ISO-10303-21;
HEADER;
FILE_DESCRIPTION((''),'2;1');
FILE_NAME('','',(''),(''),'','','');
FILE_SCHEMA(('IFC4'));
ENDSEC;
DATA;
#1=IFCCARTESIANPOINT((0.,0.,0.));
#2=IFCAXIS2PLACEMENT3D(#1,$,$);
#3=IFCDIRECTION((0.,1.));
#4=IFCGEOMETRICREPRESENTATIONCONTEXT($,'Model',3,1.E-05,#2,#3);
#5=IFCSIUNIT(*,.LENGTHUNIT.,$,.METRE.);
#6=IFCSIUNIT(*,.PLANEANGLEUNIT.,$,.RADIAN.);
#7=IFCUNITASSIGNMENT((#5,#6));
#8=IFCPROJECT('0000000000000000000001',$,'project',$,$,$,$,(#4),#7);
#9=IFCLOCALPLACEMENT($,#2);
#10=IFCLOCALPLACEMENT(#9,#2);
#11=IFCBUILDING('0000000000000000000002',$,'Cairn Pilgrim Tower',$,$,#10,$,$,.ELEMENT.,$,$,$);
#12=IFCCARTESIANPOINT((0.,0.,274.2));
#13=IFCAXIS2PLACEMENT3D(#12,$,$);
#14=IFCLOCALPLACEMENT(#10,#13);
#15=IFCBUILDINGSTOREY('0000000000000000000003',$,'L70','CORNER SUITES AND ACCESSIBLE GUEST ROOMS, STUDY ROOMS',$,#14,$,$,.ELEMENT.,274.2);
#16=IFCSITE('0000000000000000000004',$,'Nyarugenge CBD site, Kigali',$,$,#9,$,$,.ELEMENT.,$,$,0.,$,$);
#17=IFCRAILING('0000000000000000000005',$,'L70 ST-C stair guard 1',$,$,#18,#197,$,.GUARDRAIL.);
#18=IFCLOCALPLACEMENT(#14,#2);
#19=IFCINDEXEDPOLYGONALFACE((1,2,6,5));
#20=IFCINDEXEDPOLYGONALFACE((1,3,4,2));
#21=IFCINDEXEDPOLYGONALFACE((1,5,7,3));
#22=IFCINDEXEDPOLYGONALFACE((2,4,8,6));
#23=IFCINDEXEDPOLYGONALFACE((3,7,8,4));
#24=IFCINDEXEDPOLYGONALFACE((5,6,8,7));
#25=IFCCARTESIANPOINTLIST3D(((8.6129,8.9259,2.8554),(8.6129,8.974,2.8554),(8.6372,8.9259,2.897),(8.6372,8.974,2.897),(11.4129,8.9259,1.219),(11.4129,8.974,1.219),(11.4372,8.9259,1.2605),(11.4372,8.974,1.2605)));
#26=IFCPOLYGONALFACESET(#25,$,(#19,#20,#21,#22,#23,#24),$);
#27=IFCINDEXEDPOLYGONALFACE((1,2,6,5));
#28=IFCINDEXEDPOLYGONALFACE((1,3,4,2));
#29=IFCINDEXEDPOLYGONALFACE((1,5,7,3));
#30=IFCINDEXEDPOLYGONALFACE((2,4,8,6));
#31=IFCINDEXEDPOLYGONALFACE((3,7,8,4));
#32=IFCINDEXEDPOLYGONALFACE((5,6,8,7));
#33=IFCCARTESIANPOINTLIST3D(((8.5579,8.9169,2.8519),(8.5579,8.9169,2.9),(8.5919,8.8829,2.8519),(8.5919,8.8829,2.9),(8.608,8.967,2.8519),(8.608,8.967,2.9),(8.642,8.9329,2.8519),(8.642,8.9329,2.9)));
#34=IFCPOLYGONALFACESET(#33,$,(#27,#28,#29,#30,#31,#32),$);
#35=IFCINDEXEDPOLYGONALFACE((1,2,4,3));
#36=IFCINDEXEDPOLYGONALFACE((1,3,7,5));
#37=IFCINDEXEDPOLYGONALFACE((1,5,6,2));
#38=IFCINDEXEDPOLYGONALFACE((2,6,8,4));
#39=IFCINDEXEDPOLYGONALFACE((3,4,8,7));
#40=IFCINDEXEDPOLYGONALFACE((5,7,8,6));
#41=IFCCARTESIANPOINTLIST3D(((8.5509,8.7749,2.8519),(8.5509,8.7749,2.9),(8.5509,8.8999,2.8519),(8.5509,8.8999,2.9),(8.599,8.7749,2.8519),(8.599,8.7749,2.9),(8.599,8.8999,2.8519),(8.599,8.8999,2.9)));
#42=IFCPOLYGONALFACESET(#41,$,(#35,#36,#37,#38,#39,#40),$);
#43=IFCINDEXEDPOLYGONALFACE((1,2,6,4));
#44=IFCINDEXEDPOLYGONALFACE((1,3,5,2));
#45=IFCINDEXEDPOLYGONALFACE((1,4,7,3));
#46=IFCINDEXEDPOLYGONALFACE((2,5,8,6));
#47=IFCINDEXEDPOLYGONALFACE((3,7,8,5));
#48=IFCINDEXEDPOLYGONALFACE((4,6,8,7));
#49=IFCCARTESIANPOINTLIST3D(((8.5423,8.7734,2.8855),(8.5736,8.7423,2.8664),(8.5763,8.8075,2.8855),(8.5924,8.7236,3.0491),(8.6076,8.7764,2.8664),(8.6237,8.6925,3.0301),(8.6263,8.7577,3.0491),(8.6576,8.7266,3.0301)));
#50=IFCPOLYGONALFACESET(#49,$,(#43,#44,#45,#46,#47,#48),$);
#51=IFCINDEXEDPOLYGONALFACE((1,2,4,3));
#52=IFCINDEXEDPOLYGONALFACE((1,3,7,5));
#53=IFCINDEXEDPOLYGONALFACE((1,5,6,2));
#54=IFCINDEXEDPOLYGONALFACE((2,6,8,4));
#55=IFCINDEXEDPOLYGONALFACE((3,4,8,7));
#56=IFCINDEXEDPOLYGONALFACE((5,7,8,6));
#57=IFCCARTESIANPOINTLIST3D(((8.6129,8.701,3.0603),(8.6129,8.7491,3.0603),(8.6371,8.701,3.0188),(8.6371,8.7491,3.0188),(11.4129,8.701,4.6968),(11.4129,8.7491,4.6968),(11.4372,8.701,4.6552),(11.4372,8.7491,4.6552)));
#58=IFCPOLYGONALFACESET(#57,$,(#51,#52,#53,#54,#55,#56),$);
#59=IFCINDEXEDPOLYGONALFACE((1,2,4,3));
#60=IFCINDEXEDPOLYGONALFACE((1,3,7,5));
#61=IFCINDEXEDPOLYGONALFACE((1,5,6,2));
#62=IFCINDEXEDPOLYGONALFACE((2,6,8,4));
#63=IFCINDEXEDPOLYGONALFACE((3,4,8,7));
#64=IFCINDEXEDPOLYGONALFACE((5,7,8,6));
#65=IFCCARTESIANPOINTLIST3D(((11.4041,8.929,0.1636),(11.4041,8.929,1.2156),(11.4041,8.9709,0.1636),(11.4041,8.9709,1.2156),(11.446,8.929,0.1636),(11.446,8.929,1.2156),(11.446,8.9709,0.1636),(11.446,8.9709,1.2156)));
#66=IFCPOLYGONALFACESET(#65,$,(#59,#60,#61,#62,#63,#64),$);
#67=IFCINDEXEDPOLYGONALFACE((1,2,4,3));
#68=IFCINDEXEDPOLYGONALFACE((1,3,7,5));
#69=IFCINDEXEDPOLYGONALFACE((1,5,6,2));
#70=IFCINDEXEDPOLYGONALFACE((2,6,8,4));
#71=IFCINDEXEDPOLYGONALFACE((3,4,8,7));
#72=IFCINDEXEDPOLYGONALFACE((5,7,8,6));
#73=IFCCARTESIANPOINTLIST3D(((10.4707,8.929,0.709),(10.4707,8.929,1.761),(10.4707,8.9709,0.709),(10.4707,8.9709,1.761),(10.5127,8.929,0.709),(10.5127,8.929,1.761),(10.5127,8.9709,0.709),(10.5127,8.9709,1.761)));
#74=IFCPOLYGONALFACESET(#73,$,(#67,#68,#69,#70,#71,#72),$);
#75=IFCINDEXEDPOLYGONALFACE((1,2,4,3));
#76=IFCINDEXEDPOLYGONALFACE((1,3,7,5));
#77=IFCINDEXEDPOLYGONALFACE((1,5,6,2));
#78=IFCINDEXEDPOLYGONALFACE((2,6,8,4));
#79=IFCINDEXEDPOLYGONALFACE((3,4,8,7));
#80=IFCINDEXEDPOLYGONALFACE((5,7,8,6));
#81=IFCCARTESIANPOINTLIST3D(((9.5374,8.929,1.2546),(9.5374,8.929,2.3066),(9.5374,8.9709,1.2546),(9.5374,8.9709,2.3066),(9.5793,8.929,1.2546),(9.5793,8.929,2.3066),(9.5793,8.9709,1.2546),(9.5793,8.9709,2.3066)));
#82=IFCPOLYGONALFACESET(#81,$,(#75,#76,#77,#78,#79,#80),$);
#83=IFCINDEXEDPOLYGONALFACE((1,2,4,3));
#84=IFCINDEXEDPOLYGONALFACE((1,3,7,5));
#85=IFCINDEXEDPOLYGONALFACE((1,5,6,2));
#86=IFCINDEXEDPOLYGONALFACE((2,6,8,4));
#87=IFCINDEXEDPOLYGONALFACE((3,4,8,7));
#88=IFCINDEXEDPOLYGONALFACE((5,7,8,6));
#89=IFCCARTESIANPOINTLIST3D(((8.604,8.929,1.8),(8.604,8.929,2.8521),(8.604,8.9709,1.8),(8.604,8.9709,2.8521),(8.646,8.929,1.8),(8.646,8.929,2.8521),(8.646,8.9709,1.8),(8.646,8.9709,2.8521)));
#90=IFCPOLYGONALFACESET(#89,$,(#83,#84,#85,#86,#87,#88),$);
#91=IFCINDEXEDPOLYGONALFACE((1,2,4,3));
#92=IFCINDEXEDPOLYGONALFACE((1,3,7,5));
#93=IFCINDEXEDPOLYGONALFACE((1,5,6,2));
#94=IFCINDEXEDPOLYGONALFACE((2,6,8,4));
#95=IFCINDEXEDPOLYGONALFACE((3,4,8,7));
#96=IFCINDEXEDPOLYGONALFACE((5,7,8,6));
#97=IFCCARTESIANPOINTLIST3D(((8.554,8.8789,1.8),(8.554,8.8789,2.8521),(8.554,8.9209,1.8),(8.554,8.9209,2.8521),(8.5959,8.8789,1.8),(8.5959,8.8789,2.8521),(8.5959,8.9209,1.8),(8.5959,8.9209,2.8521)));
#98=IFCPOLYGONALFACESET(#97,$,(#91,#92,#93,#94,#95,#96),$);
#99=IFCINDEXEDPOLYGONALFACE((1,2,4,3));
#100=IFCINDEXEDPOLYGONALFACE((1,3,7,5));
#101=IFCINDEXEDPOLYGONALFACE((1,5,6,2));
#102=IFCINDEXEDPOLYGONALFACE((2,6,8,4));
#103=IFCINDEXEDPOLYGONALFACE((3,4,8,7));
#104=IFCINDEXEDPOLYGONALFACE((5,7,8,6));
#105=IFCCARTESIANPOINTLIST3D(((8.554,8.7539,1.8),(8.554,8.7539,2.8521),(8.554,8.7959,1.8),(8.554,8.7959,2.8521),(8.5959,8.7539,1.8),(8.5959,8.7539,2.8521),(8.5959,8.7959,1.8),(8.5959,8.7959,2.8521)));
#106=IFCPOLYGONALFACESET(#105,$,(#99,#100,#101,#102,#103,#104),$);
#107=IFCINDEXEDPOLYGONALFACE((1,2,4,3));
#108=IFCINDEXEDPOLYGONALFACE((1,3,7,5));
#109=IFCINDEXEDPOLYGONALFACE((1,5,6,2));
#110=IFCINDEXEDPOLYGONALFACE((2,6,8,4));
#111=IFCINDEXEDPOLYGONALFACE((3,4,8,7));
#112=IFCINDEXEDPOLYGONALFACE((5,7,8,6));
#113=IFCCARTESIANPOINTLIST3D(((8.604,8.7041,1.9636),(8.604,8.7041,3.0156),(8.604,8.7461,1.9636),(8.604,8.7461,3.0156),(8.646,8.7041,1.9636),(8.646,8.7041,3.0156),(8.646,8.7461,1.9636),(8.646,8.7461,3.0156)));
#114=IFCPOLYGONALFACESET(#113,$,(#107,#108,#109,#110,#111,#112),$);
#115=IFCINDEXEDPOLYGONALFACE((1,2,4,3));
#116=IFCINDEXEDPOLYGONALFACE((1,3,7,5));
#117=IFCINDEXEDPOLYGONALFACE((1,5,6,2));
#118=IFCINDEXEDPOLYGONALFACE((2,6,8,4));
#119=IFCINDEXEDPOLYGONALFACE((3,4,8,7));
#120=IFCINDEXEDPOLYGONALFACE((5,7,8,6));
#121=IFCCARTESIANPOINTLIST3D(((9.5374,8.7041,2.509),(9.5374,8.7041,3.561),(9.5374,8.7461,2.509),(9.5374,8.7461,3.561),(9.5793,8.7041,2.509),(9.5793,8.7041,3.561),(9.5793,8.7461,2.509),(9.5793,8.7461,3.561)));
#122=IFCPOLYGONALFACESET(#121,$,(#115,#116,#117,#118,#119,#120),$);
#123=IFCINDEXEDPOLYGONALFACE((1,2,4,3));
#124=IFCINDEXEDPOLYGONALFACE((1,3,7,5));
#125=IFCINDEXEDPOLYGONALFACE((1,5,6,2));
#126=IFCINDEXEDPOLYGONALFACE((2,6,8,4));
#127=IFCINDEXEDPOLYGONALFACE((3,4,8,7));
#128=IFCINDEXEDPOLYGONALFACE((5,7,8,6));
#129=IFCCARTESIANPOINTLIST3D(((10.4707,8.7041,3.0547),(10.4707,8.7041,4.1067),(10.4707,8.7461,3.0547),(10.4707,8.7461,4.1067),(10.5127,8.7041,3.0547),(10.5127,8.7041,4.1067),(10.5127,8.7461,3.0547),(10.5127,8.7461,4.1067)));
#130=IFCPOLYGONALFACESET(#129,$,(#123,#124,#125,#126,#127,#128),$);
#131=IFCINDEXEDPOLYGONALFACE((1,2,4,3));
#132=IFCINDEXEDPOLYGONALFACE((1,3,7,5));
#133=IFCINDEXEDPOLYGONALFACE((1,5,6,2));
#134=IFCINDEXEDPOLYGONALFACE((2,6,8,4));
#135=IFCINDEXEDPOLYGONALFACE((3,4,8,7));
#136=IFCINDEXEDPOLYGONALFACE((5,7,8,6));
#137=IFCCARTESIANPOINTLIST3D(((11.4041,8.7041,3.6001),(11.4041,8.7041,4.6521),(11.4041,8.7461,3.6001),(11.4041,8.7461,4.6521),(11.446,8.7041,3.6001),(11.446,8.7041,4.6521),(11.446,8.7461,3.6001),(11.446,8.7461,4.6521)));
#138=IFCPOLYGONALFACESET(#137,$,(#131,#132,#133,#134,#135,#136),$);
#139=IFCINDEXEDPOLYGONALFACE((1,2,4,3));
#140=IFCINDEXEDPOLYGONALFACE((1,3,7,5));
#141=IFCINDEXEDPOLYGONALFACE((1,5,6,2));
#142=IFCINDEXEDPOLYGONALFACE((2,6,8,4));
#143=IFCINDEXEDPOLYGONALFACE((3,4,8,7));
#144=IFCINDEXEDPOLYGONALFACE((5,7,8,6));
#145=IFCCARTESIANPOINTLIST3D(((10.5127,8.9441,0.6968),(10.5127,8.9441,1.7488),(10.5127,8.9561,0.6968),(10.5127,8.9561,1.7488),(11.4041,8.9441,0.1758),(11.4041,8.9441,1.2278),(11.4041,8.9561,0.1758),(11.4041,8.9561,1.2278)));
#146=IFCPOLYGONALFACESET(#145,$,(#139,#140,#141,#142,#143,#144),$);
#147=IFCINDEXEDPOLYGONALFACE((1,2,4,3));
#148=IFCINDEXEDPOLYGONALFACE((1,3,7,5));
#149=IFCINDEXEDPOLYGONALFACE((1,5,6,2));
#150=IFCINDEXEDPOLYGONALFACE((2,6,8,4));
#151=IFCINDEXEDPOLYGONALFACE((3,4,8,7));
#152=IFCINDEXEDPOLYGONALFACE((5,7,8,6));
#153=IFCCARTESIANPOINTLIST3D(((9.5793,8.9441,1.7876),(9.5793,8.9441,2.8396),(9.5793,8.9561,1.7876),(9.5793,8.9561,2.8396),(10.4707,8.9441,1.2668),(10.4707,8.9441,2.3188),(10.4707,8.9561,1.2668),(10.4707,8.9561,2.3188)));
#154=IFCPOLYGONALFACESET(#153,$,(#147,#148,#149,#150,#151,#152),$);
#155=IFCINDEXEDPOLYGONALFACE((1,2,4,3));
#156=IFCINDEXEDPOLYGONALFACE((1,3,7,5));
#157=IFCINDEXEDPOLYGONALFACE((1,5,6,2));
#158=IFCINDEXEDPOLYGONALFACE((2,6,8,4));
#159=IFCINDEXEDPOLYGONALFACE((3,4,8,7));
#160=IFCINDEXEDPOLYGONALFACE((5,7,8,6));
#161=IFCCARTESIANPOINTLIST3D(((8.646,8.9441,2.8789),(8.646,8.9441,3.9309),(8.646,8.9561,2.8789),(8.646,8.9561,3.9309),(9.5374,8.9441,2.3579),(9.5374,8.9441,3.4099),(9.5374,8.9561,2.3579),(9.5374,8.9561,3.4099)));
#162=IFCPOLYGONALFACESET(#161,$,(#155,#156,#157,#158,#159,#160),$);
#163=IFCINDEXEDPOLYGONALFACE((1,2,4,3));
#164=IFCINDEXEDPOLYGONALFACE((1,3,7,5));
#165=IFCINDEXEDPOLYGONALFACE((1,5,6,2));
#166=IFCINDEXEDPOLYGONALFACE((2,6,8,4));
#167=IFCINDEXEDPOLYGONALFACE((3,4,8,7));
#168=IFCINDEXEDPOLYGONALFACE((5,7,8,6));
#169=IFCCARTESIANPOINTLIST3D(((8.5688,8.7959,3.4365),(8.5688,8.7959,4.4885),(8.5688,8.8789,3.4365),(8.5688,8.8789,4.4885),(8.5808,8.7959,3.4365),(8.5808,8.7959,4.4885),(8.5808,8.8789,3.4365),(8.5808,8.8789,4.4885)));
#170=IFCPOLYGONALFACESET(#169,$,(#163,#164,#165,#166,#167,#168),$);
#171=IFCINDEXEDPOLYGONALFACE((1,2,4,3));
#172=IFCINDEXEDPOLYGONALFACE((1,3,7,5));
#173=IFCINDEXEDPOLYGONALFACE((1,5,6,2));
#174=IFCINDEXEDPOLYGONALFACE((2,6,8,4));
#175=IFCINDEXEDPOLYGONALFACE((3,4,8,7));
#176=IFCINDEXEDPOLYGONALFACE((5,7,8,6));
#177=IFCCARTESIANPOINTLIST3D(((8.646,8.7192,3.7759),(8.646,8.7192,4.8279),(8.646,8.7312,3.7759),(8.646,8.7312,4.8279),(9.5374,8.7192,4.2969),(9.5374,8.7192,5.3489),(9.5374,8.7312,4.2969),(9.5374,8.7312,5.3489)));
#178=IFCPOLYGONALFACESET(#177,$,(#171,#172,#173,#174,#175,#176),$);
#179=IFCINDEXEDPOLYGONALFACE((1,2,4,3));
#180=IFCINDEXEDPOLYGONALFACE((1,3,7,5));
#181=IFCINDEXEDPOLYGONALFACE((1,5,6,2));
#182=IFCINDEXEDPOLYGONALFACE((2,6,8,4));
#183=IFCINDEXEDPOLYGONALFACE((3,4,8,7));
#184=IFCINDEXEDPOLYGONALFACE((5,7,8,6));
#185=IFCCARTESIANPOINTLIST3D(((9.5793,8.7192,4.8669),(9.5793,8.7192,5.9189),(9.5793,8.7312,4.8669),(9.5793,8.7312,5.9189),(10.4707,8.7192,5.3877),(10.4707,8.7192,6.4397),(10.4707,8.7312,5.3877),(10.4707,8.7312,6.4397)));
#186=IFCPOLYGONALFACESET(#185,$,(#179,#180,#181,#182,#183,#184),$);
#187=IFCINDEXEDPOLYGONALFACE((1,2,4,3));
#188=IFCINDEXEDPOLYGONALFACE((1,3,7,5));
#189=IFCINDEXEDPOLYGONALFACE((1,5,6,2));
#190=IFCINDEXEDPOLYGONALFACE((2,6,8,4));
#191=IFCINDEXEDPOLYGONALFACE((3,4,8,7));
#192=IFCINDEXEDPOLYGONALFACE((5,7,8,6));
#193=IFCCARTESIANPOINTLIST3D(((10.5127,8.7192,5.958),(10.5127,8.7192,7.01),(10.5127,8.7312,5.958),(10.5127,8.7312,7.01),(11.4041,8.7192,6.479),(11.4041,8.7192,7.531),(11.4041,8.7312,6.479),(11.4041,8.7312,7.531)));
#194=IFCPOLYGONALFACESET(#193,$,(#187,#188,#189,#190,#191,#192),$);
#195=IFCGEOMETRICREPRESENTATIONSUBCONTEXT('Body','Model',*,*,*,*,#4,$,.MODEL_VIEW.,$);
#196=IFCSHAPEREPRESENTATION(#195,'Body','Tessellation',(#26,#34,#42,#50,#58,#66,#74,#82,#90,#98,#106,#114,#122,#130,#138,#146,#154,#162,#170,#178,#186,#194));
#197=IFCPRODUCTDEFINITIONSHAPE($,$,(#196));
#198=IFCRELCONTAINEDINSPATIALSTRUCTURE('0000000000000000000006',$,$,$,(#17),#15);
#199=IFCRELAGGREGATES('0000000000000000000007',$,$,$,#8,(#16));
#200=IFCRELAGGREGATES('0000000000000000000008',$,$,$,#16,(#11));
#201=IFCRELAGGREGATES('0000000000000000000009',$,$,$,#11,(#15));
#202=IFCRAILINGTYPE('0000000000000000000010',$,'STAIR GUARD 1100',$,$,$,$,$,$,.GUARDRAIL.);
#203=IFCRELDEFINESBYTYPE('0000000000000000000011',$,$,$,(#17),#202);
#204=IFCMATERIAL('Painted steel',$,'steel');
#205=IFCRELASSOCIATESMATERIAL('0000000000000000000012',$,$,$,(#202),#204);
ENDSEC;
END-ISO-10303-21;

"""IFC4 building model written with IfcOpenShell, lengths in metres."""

from ifc_helpers import new_model, si_unit, direction, frame, origin, origin_2d, place, context, subcontext, project, spatial, polyline, rectangle, outline, extrude, material, type_object, element, save


model = new_model("IFC4")

# Units and contexts
model_context = context("Model", 3, precision=1e-05, world=origin(), true_north=direction((0.0, 1.0)))
body_context = subcontext(model_context, "Body", "Model", "MODEL_VIEW")
ifc_project = project(units=[si_unit("LENGTHUNIT", "METRE"), si_unit("PLANEANGLEUNIT", "RADIAN")], contexts=[model_context])

# Site, building, storey
site_placement = place(None, origin())
site = spatial("IfcSite", under=ifc_project, at=site_placement, Name="Nyarugenge CBD site, Kigali", CompositionType="ELEMENT", RefElevation=0.0)
building_placement = place(site_placement, origin())
building = spatial("IfcBuilding", under=site, at=building_placement, Name="Cairn Pilgrim Tower", CompositionType="ELEMENT")
storey_placement = place(building_placement, frame((0.0, 0.0, 274.2)))
storey = spatial("IfcBuildingStorey", under=building, at=storey_placement, Name="L70", Description="CORNER SUITES AND ACCESSIBLE GUEST ROOMS, STUDY ROOMS", CompositionType="ELEMENT", Elevation=274.2)

# Shared definitions
ifc_material_1 = material(Name="Painted steel", Category="steel")

# Railing
railing_type_1 = type_object("IfcRailingType", Name="STAIR GUARD 1100", PredefinedType="GUARDRAIL", material=ifc_material_1)
railing_1_placement = place(storey_placement, frame((11.425, 8.95, 0.1636)))
element("IfcRailing", 1, at=railing_1_placement, inside=storey, type_object=railing_type_1, Name="L70 ST-C stair guard 1", PredefinedType="GUARDRAIL", context=body_context, shape_type="SweptSolid", body=[
    extrude(rectangle(XDim=0.0481, YDim=0.0481, at=origin_2d()), frame((0.0, 0.0, 1.0762), z_axis=(-0.863361, 0.0, 0.504587), x_axis=(0.0, -1.0, 0.0)), (0.0, 0.0, 1.0), 3.2432),
    extrude(rectangle(XDim=0.0481, YDim=0.0481, at=origin_2d()), frame((-2.8, 0.0, 2.7124), z_axis=(-0.707107, -0.707107, 0.0), x_axis=(0.707107, -0.707107, 0.0)), (0.0, 0.0, 1.0), 0.0708),
    extrude(rectangle(XDim=0.0481, YDim=0.0481, at=origin_2d()), frame((-2.8501, -0.05, 2.7124), z_axis=(0.0, -1.0, 0.0), x_axis=(1.0, 0.0, 0.0)), (0.0, 0.0, 1.0), 0.125),
    extrude(rectangle(XDim=0.0481, YDim=0.0481, at=origin_2d()), frame((-2.8501, -0.175, 2.7124), z_axis=(0.280917, -0.279546, 0.918118), x_axis=(0.705376, 0.708834, 0.0)), (0.0, 0.0, 1.0), 0.1782),
    extrude(rectangle(XDim=0.0481, YDim=0.0481, at=origin_2d()), frame((-2.8, -0.2249, 2.876), z_axis=(0.863361, 0.0, 0.504587), x_axis=(0.0, 1.0, 0.0)), (0.0, 0.0, 1.0), 3.2432),
    extrude(rectangle(XDim=0.042, YDim=0.042, at=origin_2d()), origin(), (0.0, 0.0, 1.0), 1.052),
    extrude(rectangle(XDim=0.042, YDim=0.042, at=origin_2d()), frame((-0.9333, 0.0, 0.5454)), (0.0, 0.0, 1.0), 1.052),
    extrude(rectangle(XDim=0.042, YDim=0.042, at=origin_2d()), frame((-1.8667, 0.0, 1.0911)), (0.0, 0.0, 1.0), 1.052),
    extrude(rectangle(XDim=0.042, YDim=0.042, at=origin_2d()), frame((-2.8, 0.0, 1.6365)), (0.0, 0.0, 1.0), 1.052),
    extrude(rectangle(XDim=0.042, YDim=0.042, at=origin_2d()), frame((-2.8501, -0.05, 1.6365)), (0.0, 0.0, 1.0), 1.052),
    extrude(rectangle(XDim=0.042, YDim=0.042, at=origin_2d()), frame((-2.8501, -0.175, 1.6365)), (0.0, 0.0, 1.0), 1.052),
    extrude(rectangle(XDim=0.042, YDim=0.042, at=origin_2d()), frame((-2.8, -0.2249, 1.8)), (0.0, 0.0, 1.0), 1.052),
    extrude(rectangle(XDim=0.042, YDim=0.042, at=origin_2d()), frame((-1.8667, -0.2249, 2.3455)), (0.0, 0.0, 1.0), 1.052),
    extrude(rectangle(XDim=0.042, YDim=0.042, at=origin_2d()), frame((-0.9333, -0.2249, 2.8911)), (0.0, 0.0, 1.0), 1.052),
    extrude(rectangle(XDim=0.042, YDim=0.042, at=origin_2d()), frame((0.0, -0.2249, 3.4365)), (0.0, 0.0, 1.0), 1.052),
    extrude(outline(polyline([(0.021, 0.0122), (0.9124, 0.5332), (0.9124, 1.5852), (0.021, 1.0642), (0.021, 0.0122)])), frame((0.0, -0.0059, 0.0), z_axis=(0.0, 1.0, 0.0), x_axis=(-1.0, 0.0, 0.0)), (0.0, 0.0, 1.0), 0.012),
    extrude(outline(polyline([(0.021, 0.5579), (0.9124, 1.0786), (0.9124, 2.1306), (0.021, 1.6099), (0.021, 0.5579)])), frame((-0.9333, -0.0059, 0.5454), z_axis=(0.0, 1.0, 0.0), x_axis=(-1.0, 0.0, 0.0)), (0.0, 0.0, 1.0), 0.012),
    extrude(outline(polyline([(0.021, 1.1033), (0.9124, 1.6243), (0.9124, 2.6763), (0.021, 2.1553), (0.021, 1.1033)])), frame((-1.8667, -0.0059, 1.0911), z_axis=(0.0, 1.0, 0.0), x_axis=(-1.0, 0.0, 0.0)), (0.0, 0.0, 1.0), 0.012),
    extrude(outline(polyline([(0.021, 1.6365), (0.104, 1.6365), (0.104, 2.6885), (0.021, 2.6885), (0.021, 1.6365)])), frame((-2.8442, -0.05, 1.6365), z_axis=(-1.0, 0.0, 0.0), x_axis=(0.0, -1.0, 0.0)), (0.0, 0.0, 1.0), 0.012),
    extrude(outline(polyline([(0.021, 1.8123), (0.9124, 2.3333), (0.9124, 3.3853), (0.021, 2.8643), (0.021, 1.8123)])), frame((-2.8, -0.2188, 1.8), z_axis=(0.0, -1.0, 0.0), x_axis=(1.0, 0.0, 0.0)), (0.0, 0.0, 1.0), 0.012),
    extrude(outline(polyline([(0.021, 2.3579), (0.9124, 2.8787), (0.9124, 3.9307), (0.021, 3.4099), (0.021, 2.3579)])), frame((-1.8667, -0.2188, 2.3455), z_axis=(0.0, -1.0, 0.0), x_axis=(1.0, 0.0, 0.0)), (0.0, 0.0, 1.0), 0.012),
    extrude(outline(polyline([(0.021, 2.9033), (0.9124, 3.4243), (0.9124, 4.4763), (0.021, 3.9553), (0.021, 2.9033)])), frame((-0.9333, -0.2188, 2.8911), z_axis=(0.0, -1.0, 0.0), x_axis=(1.0, 0.0, 0.0)), (0.0, 0.0, 1.0), 0.012),
])

save(model, "model.ifc")
